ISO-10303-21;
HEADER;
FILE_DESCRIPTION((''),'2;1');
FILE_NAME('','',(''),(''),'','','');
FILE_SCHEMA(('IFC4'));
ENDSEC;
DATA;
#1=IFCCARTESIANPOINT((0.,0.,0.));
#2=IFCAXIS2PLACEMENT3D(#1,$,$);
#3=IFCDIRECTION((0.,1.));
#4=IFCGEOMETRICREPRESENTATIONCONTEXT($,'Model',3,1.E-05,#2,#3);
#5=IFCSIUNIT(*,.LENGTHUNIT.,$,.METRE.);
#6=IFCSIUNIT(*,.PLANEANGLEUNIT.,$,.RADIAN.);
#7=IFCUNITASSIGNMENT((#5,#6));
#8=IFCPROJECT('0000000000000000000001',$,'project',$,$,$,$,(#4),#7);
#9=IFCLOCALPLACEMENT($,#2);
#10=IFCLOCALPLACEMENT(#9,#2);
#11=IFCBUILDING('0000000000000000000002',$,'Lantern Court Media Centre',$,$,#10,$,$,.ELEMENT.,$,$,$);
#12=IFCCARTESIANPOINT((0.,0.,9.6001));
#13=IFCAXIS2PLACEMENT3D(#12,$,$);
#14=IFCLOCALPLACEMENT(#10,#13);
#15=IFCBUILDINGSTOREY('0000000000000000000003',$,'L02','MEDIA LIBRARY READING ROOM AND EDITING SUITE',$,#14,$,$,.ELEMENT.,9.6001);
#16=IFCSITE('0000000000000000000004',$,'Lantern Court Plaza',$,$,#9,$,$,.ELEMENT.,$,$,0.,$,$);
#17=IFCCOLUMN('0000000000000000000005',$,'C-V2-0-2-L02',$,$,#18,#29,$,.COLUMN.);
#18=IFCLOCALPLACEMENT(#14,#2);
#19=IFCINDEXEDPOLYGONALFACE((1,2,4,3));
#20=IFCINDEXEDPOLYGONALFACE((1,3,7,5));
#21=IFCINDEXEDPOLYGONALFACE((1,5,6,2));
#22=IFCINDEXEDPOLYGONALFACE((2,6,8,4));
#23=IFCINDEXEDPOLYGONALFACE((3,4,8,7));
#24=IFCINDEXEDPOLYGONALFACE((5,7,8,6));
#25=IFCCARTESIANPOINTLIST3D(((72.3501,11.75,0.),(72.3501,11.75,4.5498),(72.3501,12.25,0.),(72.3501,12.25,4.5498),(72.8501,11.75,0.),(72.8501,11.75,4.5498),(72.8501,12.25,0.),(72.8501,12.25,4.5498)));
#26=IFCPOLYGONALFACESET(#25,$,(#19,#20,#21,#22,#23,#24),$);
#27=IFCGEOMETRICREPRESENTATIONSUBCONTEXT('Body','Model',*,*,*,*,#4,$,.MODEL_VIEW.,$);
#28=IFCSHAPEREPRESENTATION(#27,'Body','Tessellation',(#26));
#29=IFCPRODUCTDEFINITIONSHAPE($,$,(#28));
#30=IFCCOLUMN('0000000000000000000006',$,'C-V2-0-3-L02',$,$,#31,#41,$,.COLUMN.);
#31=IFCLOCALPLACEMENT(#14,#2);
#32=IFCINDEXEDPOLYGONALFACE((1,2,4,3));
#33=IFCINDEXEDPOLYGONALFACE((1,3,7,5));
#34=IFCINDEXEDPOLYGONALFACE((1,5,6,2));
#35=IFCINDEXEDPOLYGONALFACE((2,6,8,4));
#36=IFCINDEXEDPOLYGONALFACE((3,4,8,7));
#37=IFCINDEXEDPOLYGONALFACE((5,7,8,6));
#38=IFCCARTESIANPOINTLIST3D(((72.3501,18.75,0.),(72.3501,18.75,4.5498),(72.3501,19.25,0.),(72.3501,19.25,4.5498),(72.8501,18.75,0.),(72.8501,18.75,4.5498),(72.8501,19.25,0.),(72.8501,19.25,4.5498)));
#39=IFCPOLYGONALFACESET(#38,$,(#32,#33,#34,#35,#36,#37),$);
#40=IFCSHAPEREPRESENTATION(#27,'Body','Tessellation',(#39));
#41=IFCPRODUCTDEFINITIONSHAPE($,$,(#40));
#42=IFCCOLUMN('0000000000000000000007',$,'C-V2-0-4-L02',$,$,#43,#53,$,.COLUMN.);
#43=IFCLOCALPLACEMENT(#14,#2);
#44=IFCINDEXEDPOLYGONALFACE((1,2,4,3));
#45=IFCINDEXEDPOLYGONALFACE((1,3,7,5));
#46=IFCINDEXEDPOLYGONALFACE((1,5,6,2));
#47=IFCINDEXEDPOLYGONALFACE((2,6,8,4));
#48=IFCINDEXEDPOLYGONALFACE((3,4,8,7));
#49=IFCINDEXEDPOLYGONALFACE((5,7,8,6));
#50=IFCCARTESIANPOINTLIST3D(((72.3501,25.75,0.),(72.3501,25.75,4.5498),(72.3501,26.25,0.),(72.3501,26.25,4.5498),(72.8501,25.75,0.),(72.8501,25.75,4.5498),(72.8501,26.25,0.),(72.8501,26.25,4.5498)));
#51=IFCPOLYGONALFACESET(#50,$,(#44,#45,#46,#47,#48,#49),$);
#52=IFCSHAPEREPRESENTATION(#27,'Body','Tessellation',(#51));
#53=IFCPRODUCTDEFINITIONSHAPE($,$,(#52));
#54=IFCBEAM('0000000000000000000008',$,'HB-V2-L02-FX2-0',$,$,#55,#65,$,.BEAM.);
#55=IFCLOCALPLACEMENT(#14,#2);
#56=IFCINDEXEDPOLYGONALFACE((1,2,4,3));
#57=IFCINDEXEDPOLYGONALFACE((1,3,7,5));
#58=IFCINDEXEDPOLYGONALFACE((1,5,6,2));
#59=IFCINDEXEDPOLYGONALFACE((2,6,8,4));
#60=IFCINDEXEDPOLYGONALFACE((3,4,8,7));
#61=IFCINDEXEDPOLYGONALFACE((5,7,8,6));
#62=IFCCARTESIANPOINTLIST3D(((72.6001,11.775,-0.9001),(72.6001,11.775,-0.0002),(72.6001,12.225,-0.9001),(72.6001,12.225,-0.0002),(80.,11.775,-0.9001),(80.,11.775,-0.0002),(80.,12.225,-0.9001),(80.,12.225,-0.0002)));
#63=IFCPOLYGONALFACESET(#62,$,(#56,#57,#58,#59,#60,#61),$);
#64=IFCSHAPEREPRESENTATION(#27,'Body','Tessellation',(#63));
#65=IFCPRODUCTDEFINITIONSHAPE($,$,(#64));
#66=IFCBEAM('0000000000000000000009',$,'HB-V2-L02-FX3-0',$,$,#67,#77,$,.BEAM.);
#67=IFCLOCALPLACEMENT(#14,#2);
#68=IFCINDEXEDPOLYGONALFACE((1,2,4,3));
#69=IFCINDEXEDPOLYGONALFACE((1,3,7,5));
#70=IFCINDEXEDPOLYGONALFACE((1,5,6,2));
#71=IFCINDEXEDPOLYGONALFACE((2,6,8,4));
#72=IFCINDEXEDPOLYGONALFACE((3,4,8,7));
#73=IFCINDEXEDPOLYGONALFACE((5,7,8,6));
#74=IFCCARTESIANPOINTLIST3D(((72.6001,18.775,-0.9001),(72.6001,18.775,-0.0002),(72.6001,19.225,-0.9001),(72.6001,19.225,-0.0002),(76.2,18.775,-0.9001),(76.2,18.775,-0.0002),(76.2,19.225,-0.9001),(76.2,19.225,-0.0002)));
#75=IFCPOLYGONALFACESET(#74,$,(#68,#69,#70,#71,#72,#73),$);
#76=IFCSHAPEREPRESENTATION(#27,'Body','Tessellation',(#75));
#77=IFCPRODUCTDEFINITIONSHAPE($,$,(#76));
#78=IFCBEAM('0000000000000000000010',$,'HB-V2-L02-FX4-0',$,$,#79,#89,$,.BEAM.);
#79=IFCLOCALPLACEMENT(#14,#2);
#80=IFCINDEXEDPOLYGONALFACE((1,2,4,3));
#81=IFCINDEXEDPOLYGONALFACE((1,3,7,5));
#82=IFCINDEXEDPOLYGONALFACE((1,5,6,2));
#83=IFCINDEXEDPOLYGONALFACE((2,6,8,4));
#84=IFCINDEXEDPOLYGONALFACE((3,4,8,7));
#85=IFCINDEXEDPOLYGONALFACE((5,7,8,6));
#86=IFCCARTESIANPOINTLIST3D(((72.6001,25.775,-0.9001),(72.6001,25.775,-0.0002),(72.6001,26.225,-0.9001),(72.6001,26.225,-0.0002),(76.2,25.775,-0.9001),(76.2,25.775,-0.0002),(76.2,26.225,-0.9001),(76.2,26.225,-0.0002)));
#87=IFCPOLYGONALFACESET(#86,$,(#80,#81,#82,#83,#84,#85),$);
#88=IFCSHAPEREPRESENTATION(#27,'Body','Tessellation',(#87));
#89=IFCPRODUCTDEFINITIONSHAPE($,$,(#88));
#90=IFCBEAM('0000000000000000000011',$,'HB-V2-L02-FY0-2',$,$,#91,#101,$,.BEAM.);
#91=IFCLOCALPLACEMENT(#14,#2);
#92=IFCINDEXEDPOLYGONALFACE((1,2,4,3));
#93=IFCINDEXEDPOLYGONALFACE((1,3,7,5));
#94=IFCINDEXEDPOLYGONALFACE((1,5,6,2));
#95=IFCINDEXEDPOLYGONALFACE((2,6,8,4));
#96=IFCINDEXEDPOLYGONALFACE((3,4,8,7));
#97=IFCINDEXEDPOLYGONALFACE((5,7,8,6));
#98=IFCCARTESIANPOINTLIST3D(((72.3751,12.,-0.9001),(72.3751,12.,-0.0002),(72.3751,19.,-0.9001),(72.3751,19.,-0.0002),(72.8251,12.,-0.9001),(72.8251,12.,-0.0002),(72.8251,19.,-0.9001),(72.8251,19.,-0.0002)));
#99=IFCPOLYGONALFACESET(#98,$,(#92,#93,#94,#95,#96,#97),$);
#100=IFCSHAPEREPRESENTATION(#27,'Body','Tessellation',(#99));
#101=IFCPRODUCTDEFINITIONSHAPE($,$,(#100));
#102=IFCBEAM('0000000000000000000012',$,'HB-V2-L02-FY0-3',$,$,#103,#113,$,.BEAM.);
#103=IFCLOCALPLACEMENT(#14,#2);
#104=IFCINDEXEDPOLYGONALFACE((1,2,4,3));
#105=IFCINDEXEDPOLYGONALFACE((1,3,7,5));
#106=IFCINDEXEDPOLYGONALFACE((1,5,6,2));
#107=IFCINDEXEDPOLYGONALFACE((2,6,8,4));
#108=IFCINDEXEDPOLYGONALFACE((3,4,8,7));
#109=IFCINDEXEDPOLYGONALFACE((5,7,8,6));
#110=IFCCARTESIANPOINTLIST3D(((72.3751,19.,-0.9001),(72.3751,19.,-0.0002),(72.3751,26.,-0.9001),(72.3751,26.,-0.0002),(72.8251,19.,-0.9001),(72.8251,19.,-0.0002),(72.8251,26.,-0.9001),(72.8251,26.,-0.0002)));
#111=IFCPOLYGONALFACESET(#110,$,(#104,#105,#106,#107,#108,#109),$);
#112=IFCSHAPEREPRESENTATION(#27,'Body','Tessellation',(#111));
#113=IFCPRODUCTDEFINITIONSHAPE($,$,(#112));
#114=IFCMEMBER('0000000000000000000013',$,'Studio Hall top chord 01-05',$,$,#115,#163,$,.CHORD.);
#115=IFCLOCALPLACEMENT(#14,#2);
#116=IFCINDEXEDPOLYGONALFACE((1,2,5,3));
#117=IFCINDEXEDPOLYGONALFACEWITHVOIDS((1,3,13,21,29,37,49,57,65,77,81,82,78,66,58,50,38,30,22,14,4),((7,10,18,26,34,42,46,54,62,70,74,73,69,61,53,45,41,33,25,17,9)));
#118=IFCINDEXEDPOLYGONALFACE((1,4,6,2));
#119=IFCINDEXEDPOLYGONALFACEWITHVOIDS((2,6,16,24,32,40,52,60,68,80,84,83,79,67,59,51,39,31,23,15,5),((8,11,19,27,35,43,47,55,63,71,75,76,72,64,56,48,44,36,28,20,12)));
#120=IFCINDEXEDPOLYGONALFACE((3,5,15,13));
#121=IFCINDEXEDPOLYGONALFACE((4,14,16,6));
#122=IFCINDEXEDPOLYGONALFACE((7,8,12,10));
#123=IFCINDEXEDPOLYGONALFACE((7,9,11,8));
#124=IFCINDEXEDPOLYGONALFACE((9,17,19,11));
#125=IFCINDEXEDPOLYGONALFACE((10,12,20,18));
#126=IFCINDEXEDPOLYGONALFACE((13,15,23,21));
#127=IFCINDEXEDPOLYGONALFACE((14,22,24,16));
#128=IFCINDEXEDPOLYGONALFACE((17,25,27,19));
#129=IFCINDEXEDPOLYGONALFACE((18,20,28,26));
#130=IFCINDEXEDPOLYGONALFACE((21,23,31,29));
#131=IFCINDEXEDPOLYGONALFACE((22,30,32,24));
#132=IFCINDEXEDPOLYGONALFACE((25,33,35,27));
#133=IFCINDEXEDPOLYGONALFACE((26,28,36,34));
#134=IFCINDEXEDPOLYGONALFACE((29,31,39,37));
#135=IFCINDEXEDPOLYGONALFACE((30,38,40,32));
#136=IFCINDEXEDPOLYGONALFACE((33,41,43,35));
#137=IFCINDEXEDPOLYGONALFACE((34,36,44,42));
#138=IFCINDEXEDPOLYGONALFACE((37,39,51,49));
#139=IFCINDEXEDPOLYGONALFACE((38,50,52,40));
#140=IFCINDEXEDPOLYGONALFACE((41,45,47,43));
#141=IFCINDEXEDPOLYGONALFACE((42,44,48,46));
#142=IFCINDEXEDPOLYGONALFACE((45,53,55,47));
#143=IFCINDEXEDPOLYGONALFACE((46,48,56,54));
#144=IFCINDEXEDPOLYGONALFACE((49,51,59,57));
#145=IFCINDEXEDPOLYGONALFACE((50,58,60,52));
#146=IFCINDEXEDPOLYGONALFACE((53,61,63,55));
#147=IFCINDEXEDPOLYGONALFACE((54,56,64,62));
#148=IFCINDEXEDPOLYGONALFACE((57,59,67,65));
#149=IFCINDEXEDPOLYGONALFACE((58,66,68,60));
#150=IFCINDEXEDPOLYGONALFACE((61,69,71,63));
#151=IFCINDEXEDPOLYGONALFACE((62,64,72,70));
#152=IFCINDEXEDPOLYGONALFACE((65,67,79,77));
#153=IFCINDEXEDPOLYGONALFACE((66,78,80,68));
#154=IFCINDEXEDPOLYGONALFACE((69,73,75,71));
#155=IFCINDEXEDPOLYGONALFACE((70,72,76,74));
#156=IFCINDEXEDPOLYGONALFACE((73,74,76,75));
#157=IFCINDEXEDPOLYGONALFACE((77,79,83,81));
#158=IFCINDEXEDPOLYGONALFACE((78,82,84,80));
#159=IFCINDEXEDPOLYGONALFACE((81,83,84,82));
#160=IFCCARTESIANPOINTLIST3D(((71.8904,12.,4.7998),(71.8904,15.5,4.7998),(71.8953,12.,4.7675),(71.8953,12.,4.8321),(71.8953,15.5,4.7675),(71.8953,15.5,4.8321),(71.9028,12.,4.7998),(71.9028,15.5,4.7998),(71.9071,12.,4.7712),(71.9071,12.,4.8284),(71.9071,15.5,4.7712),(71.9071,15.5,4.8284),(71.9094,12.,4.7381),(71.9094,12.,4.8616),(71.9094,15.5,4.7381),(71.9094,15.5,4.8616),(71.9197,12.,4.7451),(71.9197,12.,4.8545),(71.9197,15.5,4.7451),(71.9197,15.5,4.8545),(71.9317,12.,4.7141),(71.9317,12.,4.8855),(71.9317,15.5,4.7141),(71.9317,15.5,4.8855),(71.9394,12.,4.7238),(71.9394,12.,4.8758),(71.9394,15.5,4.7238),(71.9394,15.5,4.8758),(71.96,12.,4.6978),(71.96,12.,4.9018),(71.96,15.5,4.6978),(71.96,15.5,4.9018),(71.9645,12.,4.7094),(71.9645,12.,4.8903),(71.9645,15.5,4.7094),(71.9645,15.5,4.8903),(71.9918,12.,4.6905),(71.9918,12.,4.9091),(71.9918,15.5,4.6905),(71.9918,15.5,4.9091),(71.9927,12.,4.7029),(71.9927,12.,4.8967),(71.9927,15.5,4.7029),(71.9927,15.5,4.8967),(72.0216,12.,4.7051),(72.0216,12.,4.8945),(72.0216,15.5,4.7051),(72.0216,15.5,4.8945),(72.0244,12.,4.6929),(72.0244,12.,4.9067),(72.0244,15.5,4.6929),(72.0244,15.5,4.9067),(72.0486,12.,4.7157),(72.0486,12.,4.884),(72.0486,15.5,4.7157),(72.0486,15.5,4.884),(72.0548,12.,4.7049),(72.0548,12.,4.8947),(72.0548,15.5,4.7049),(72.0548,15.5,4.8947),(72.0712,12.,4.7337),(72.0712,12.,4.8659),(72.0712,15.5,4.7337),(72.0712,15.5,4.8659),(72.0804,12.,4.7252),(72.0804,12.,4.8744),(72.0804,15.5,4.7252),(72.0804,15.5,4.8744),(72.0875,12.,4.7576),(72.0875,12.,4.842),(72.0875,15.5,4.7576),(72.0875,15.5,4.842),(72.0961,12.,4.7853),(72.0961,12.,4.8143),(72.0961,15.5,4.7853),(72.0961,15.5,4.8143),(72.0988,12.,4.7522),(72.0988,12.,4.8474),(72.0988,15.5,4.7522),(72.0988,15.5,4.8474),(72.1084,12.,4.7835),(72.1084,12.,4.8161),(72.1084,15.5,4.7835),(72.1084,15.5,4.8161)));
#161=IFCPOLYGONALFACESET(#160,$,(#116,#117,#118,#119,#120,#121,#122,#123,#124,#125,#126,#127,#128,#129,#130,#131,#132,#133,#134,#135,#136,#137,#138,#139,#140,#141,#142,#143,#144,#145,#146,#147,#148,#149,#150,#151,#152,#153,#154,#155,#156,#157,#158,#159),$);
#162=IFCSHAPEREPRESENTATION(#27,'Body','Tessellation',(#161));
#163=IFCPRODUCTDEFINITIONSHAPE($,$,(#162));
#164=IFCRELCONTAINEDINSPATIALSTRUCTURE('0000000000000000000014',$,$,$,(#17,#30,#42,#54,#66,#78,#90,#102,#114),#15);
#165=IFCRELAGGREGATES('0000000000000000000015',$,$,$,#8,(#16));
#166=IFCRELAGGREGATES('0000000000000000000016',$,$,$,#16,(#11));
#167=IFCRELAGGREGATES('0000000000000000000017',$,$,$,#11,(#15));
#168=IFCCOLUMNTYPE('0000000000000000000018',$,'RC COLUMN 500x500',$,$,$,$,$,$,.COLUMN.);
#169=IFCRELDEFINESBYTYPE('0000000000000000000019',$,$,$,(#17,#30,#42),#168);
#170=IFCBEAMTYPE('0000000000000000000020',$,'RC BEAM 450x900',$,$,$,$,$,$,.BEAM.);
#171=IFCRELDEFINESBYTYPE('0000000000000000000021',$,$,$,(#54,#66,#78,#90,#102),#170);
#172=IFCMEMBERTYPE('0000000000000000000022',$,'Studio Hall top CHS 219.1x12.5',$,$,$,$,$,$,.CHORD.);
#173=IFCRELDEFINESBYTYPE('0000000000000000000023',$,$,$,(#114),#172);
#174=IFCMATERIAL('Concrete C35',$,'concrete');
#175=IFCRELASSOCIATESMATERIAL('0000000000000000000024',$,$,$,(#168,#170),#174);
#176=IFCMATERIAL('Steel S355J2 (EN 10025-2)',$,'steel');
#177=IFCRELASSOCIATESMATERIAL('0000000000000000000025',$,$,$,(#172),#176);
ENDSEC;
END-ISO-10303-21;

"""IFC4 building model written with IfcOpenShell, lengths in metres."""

from ifc_helpers import new_model, si_unit, direction, frame, origin, origin_2d, place, context, subcontext, project, spatial, rectangle, hollow_circle, extrude, material, material_profile, profile_set, type_object, element, save


model = new_model("IFC4")

# Units and contexts
model_context = context("Model", 3, precision=1e-05, world=origin(), true_north=direction((0.0, 1.0)))
body_context = subcontext(model_context, "Body", "Model", "MODEL_VIEW")
ifc_project = project(units=[si_unit("LENGTHUNIT", "METRE"), si_unit("PLANEANGLEUNIT", "RADIAN")], contexts=[model_context])

# Site, building, storey
site_placement = place(None, origin())
site = spatial("IfcSite", under=ifc_project, at=site_placement, Name="Lantern Court Plaza", CompositionType="ELEMENT", RefElevation=0.0)
building_placement = place(site_placement, origin())
building = spatial("IfcBuilding", under=site, at=building_placement, Name="Lantern Court Media Centre", CompositionType="ELEMENT")
storey_placement = place(building_placement, frame((0.0, 0.0, 9.6001)))
storey = spatial("IfcBuildingStorey", under=building, at=storey_placement, Name="L02", Description="MEDIA LIBRARY READING ROOM AND EDITING SUITE", CompositionType="ELEMENT", Elevation=9.6001)

# Columns
ifc_material_1 = material(Name="Concrete C35", Category="concrete")
ifc_material_profile_1 = material_profile(ifc_material_1, rectangle(XDim=0.5, YDim=0.5, at=origin_2d()), Name="RC 500x500")
ifc_profile_set_1 = profile_set([ifc_material_profile_1], Name="Concrete C35")
column_type = type_object("IfcColumnType", Name="RC COLUMN 500x500", PredefinedType="COLUMN", material=ifc_profile_set_1)
for number, where, z_axis, x_axis, name in (
    (1, (72.6001, 12.0, 0.0), (0.0, 0.0, 1.0), (1.0, 0.0, 0.0), "C-V2-0-2-L02"),
    (2, (72.6001, 19.0, 0.0), (0.0, 0.0, 1.0), (1.0, 0.0, 0.0), "C-V2-0-3-L02"),
    (3, (72.6001, 26.0, 0.0), (0.0, 0.0, 1.0), (1.0, 0.0, 0.0), "C-V2-0-4-L02"),
):
    element("IfcColumn", number, at=place(storey_placement, frame(where, z_axis=z_axis, x_axis=x_axis)), inside=storey, type_object=column_type, Name=name, PredefinedType="COLUMN", context=body_context, shape_type="SweptSolid", body=[
        extrude(rectangle(XDim=0.5, YDim=0.5, at=origin_2d()), origin(), (0.0, 0.0, 1.0), 4.5498),
    ])

# Beams
ifc_material_profile_2 = material_profile(ifc_material_1, rectangle(XDim=0.45, YDim=0.8999, at=origin_2d()), Name="RC 450x900")
ifc_profile_set_2 = profile_set([ifc_material_profile_2], Name="Concrete C35")
beam_type = type_object("IfcBeamType", Name="RC BEAM 450x900", PredefinedType="BEAM", material=ifc_profile_set_2)
beam_placement = place(storey_placement, frame((72.6001, 12.0, -0.4502), z_axis=(1.0, 0.0, 0.0), x_axis=(0.0, 1.0, 0.0)))
element("IfcBeam", 4, at=beam_placement, inside=storey, type_object=beam_type, Name="HB-V2-L02-FX2-0", PredefinedType="BEAM", context=body_context, shape_type="SweptSolid", body=[
    extrude(rectangle(XDim=0.45, YDim=0.8999, at=origin_2d()), origin(), (0.0, 0.0, 1.0), 7.3999),
])
for number, where, z_axis, x_axis, name in (
    (5, (72.6001, 19.0, -0.4502), (1.0, 0.0, 0.0), (0.0, 1.0, 0.0), "HB-V2-L02-FX3-0"),
    (6, (72.6001, 26.0, -0.4502), (1.0, 0.0, 0.0), (0.0, 1.0, 0.0), "HB-V2-L02-FX4-0"),
):
    element("IfcBeam", number, at=place(storey_placement, frame(where, z_axis=z_axis, x_axis=x_axis)), inside=storey, type_object=beam_type, Name=name, PredefinedType="BEAM", context=body_context, shape_type="SweptSolid", body=[
        extrude(rectangle(XDim=0.45, YDim=0.8999, at=origin_2d()), origin(), (0.0, 0.0, 1.0), 3.5999),
    ])
for number, where, z_axis, x_axis, name in (
    (7, (72.6001, 12.0, -0.4502), (0.0, 1.0, 0.0), (-1.0, 0.0, 0.0), "HB-V2-L02-FY0-2"),
    (8, (72.6001, 19.0, -0.4502), (0.0, 1.0, 0.0), (-1.0, 0.0, 0.0), "HB-V2-L02-FY0-3"),
):
    element("IfcBeam", number, at=place(storey_placement, frame(where, z_axis=z_axis, x_axis=x_axis)), inside=storey, type_object=beam_type, Name=name, PredefinedType="BEAM", context=body_context, shape_type="SweptSolid", body=[
        extrude(rectangle(XDim=0.45, YDim=0.8999, at=origin_2d()), origin(), (0.0, 0.0, 1.0), 7.0),
    ])

# Member
ifc_material_2 = material(Name="Steel S355J2 (EN 10025-2)", Category="steel")
ifc_material_profile_3 = material_profile(ifc_material_2, hollow_circle(Radius=0.1096, WallThickness=0.0125, at=origin_2d()), Name="Studio Hall top CHS 219.1x12.5")
ifc_profile_set_3 = profile_set([ifc_material_profile_3], Name="Steel S355J2 (EN 10025-2)")
member_type = type_object("IfcMemberType", Name="Studio Hall top CHS 219.1x12.5", PredefinedType="CHORD", material=ifc_profile_set_3)
for number, where, z_axis, x_axis, name in (
    (9, (72.0, 12.0, 4.7998), (0.0, 1.0, 0.0), (-1.0, 0.0, 0.0), "Studio Hall top chord 01-05"),
):
    element("IfcMember", number, at=place(storey_placement, frame(where, z_axis=z_axis, x_axis=x_axis)), inside=storey, type_object=member_type, Name=name, PredefinedType="CHORD", context=body_context, shape_type="SweptSolid", body=[
        extrude(hollow_circle(Radius=0.1096, WallThickness=0.0125, at=origin_2d()), origin(), (0.0, 0.0, 1.0), 3.5),
    ])

save(model, "model.ifc")
